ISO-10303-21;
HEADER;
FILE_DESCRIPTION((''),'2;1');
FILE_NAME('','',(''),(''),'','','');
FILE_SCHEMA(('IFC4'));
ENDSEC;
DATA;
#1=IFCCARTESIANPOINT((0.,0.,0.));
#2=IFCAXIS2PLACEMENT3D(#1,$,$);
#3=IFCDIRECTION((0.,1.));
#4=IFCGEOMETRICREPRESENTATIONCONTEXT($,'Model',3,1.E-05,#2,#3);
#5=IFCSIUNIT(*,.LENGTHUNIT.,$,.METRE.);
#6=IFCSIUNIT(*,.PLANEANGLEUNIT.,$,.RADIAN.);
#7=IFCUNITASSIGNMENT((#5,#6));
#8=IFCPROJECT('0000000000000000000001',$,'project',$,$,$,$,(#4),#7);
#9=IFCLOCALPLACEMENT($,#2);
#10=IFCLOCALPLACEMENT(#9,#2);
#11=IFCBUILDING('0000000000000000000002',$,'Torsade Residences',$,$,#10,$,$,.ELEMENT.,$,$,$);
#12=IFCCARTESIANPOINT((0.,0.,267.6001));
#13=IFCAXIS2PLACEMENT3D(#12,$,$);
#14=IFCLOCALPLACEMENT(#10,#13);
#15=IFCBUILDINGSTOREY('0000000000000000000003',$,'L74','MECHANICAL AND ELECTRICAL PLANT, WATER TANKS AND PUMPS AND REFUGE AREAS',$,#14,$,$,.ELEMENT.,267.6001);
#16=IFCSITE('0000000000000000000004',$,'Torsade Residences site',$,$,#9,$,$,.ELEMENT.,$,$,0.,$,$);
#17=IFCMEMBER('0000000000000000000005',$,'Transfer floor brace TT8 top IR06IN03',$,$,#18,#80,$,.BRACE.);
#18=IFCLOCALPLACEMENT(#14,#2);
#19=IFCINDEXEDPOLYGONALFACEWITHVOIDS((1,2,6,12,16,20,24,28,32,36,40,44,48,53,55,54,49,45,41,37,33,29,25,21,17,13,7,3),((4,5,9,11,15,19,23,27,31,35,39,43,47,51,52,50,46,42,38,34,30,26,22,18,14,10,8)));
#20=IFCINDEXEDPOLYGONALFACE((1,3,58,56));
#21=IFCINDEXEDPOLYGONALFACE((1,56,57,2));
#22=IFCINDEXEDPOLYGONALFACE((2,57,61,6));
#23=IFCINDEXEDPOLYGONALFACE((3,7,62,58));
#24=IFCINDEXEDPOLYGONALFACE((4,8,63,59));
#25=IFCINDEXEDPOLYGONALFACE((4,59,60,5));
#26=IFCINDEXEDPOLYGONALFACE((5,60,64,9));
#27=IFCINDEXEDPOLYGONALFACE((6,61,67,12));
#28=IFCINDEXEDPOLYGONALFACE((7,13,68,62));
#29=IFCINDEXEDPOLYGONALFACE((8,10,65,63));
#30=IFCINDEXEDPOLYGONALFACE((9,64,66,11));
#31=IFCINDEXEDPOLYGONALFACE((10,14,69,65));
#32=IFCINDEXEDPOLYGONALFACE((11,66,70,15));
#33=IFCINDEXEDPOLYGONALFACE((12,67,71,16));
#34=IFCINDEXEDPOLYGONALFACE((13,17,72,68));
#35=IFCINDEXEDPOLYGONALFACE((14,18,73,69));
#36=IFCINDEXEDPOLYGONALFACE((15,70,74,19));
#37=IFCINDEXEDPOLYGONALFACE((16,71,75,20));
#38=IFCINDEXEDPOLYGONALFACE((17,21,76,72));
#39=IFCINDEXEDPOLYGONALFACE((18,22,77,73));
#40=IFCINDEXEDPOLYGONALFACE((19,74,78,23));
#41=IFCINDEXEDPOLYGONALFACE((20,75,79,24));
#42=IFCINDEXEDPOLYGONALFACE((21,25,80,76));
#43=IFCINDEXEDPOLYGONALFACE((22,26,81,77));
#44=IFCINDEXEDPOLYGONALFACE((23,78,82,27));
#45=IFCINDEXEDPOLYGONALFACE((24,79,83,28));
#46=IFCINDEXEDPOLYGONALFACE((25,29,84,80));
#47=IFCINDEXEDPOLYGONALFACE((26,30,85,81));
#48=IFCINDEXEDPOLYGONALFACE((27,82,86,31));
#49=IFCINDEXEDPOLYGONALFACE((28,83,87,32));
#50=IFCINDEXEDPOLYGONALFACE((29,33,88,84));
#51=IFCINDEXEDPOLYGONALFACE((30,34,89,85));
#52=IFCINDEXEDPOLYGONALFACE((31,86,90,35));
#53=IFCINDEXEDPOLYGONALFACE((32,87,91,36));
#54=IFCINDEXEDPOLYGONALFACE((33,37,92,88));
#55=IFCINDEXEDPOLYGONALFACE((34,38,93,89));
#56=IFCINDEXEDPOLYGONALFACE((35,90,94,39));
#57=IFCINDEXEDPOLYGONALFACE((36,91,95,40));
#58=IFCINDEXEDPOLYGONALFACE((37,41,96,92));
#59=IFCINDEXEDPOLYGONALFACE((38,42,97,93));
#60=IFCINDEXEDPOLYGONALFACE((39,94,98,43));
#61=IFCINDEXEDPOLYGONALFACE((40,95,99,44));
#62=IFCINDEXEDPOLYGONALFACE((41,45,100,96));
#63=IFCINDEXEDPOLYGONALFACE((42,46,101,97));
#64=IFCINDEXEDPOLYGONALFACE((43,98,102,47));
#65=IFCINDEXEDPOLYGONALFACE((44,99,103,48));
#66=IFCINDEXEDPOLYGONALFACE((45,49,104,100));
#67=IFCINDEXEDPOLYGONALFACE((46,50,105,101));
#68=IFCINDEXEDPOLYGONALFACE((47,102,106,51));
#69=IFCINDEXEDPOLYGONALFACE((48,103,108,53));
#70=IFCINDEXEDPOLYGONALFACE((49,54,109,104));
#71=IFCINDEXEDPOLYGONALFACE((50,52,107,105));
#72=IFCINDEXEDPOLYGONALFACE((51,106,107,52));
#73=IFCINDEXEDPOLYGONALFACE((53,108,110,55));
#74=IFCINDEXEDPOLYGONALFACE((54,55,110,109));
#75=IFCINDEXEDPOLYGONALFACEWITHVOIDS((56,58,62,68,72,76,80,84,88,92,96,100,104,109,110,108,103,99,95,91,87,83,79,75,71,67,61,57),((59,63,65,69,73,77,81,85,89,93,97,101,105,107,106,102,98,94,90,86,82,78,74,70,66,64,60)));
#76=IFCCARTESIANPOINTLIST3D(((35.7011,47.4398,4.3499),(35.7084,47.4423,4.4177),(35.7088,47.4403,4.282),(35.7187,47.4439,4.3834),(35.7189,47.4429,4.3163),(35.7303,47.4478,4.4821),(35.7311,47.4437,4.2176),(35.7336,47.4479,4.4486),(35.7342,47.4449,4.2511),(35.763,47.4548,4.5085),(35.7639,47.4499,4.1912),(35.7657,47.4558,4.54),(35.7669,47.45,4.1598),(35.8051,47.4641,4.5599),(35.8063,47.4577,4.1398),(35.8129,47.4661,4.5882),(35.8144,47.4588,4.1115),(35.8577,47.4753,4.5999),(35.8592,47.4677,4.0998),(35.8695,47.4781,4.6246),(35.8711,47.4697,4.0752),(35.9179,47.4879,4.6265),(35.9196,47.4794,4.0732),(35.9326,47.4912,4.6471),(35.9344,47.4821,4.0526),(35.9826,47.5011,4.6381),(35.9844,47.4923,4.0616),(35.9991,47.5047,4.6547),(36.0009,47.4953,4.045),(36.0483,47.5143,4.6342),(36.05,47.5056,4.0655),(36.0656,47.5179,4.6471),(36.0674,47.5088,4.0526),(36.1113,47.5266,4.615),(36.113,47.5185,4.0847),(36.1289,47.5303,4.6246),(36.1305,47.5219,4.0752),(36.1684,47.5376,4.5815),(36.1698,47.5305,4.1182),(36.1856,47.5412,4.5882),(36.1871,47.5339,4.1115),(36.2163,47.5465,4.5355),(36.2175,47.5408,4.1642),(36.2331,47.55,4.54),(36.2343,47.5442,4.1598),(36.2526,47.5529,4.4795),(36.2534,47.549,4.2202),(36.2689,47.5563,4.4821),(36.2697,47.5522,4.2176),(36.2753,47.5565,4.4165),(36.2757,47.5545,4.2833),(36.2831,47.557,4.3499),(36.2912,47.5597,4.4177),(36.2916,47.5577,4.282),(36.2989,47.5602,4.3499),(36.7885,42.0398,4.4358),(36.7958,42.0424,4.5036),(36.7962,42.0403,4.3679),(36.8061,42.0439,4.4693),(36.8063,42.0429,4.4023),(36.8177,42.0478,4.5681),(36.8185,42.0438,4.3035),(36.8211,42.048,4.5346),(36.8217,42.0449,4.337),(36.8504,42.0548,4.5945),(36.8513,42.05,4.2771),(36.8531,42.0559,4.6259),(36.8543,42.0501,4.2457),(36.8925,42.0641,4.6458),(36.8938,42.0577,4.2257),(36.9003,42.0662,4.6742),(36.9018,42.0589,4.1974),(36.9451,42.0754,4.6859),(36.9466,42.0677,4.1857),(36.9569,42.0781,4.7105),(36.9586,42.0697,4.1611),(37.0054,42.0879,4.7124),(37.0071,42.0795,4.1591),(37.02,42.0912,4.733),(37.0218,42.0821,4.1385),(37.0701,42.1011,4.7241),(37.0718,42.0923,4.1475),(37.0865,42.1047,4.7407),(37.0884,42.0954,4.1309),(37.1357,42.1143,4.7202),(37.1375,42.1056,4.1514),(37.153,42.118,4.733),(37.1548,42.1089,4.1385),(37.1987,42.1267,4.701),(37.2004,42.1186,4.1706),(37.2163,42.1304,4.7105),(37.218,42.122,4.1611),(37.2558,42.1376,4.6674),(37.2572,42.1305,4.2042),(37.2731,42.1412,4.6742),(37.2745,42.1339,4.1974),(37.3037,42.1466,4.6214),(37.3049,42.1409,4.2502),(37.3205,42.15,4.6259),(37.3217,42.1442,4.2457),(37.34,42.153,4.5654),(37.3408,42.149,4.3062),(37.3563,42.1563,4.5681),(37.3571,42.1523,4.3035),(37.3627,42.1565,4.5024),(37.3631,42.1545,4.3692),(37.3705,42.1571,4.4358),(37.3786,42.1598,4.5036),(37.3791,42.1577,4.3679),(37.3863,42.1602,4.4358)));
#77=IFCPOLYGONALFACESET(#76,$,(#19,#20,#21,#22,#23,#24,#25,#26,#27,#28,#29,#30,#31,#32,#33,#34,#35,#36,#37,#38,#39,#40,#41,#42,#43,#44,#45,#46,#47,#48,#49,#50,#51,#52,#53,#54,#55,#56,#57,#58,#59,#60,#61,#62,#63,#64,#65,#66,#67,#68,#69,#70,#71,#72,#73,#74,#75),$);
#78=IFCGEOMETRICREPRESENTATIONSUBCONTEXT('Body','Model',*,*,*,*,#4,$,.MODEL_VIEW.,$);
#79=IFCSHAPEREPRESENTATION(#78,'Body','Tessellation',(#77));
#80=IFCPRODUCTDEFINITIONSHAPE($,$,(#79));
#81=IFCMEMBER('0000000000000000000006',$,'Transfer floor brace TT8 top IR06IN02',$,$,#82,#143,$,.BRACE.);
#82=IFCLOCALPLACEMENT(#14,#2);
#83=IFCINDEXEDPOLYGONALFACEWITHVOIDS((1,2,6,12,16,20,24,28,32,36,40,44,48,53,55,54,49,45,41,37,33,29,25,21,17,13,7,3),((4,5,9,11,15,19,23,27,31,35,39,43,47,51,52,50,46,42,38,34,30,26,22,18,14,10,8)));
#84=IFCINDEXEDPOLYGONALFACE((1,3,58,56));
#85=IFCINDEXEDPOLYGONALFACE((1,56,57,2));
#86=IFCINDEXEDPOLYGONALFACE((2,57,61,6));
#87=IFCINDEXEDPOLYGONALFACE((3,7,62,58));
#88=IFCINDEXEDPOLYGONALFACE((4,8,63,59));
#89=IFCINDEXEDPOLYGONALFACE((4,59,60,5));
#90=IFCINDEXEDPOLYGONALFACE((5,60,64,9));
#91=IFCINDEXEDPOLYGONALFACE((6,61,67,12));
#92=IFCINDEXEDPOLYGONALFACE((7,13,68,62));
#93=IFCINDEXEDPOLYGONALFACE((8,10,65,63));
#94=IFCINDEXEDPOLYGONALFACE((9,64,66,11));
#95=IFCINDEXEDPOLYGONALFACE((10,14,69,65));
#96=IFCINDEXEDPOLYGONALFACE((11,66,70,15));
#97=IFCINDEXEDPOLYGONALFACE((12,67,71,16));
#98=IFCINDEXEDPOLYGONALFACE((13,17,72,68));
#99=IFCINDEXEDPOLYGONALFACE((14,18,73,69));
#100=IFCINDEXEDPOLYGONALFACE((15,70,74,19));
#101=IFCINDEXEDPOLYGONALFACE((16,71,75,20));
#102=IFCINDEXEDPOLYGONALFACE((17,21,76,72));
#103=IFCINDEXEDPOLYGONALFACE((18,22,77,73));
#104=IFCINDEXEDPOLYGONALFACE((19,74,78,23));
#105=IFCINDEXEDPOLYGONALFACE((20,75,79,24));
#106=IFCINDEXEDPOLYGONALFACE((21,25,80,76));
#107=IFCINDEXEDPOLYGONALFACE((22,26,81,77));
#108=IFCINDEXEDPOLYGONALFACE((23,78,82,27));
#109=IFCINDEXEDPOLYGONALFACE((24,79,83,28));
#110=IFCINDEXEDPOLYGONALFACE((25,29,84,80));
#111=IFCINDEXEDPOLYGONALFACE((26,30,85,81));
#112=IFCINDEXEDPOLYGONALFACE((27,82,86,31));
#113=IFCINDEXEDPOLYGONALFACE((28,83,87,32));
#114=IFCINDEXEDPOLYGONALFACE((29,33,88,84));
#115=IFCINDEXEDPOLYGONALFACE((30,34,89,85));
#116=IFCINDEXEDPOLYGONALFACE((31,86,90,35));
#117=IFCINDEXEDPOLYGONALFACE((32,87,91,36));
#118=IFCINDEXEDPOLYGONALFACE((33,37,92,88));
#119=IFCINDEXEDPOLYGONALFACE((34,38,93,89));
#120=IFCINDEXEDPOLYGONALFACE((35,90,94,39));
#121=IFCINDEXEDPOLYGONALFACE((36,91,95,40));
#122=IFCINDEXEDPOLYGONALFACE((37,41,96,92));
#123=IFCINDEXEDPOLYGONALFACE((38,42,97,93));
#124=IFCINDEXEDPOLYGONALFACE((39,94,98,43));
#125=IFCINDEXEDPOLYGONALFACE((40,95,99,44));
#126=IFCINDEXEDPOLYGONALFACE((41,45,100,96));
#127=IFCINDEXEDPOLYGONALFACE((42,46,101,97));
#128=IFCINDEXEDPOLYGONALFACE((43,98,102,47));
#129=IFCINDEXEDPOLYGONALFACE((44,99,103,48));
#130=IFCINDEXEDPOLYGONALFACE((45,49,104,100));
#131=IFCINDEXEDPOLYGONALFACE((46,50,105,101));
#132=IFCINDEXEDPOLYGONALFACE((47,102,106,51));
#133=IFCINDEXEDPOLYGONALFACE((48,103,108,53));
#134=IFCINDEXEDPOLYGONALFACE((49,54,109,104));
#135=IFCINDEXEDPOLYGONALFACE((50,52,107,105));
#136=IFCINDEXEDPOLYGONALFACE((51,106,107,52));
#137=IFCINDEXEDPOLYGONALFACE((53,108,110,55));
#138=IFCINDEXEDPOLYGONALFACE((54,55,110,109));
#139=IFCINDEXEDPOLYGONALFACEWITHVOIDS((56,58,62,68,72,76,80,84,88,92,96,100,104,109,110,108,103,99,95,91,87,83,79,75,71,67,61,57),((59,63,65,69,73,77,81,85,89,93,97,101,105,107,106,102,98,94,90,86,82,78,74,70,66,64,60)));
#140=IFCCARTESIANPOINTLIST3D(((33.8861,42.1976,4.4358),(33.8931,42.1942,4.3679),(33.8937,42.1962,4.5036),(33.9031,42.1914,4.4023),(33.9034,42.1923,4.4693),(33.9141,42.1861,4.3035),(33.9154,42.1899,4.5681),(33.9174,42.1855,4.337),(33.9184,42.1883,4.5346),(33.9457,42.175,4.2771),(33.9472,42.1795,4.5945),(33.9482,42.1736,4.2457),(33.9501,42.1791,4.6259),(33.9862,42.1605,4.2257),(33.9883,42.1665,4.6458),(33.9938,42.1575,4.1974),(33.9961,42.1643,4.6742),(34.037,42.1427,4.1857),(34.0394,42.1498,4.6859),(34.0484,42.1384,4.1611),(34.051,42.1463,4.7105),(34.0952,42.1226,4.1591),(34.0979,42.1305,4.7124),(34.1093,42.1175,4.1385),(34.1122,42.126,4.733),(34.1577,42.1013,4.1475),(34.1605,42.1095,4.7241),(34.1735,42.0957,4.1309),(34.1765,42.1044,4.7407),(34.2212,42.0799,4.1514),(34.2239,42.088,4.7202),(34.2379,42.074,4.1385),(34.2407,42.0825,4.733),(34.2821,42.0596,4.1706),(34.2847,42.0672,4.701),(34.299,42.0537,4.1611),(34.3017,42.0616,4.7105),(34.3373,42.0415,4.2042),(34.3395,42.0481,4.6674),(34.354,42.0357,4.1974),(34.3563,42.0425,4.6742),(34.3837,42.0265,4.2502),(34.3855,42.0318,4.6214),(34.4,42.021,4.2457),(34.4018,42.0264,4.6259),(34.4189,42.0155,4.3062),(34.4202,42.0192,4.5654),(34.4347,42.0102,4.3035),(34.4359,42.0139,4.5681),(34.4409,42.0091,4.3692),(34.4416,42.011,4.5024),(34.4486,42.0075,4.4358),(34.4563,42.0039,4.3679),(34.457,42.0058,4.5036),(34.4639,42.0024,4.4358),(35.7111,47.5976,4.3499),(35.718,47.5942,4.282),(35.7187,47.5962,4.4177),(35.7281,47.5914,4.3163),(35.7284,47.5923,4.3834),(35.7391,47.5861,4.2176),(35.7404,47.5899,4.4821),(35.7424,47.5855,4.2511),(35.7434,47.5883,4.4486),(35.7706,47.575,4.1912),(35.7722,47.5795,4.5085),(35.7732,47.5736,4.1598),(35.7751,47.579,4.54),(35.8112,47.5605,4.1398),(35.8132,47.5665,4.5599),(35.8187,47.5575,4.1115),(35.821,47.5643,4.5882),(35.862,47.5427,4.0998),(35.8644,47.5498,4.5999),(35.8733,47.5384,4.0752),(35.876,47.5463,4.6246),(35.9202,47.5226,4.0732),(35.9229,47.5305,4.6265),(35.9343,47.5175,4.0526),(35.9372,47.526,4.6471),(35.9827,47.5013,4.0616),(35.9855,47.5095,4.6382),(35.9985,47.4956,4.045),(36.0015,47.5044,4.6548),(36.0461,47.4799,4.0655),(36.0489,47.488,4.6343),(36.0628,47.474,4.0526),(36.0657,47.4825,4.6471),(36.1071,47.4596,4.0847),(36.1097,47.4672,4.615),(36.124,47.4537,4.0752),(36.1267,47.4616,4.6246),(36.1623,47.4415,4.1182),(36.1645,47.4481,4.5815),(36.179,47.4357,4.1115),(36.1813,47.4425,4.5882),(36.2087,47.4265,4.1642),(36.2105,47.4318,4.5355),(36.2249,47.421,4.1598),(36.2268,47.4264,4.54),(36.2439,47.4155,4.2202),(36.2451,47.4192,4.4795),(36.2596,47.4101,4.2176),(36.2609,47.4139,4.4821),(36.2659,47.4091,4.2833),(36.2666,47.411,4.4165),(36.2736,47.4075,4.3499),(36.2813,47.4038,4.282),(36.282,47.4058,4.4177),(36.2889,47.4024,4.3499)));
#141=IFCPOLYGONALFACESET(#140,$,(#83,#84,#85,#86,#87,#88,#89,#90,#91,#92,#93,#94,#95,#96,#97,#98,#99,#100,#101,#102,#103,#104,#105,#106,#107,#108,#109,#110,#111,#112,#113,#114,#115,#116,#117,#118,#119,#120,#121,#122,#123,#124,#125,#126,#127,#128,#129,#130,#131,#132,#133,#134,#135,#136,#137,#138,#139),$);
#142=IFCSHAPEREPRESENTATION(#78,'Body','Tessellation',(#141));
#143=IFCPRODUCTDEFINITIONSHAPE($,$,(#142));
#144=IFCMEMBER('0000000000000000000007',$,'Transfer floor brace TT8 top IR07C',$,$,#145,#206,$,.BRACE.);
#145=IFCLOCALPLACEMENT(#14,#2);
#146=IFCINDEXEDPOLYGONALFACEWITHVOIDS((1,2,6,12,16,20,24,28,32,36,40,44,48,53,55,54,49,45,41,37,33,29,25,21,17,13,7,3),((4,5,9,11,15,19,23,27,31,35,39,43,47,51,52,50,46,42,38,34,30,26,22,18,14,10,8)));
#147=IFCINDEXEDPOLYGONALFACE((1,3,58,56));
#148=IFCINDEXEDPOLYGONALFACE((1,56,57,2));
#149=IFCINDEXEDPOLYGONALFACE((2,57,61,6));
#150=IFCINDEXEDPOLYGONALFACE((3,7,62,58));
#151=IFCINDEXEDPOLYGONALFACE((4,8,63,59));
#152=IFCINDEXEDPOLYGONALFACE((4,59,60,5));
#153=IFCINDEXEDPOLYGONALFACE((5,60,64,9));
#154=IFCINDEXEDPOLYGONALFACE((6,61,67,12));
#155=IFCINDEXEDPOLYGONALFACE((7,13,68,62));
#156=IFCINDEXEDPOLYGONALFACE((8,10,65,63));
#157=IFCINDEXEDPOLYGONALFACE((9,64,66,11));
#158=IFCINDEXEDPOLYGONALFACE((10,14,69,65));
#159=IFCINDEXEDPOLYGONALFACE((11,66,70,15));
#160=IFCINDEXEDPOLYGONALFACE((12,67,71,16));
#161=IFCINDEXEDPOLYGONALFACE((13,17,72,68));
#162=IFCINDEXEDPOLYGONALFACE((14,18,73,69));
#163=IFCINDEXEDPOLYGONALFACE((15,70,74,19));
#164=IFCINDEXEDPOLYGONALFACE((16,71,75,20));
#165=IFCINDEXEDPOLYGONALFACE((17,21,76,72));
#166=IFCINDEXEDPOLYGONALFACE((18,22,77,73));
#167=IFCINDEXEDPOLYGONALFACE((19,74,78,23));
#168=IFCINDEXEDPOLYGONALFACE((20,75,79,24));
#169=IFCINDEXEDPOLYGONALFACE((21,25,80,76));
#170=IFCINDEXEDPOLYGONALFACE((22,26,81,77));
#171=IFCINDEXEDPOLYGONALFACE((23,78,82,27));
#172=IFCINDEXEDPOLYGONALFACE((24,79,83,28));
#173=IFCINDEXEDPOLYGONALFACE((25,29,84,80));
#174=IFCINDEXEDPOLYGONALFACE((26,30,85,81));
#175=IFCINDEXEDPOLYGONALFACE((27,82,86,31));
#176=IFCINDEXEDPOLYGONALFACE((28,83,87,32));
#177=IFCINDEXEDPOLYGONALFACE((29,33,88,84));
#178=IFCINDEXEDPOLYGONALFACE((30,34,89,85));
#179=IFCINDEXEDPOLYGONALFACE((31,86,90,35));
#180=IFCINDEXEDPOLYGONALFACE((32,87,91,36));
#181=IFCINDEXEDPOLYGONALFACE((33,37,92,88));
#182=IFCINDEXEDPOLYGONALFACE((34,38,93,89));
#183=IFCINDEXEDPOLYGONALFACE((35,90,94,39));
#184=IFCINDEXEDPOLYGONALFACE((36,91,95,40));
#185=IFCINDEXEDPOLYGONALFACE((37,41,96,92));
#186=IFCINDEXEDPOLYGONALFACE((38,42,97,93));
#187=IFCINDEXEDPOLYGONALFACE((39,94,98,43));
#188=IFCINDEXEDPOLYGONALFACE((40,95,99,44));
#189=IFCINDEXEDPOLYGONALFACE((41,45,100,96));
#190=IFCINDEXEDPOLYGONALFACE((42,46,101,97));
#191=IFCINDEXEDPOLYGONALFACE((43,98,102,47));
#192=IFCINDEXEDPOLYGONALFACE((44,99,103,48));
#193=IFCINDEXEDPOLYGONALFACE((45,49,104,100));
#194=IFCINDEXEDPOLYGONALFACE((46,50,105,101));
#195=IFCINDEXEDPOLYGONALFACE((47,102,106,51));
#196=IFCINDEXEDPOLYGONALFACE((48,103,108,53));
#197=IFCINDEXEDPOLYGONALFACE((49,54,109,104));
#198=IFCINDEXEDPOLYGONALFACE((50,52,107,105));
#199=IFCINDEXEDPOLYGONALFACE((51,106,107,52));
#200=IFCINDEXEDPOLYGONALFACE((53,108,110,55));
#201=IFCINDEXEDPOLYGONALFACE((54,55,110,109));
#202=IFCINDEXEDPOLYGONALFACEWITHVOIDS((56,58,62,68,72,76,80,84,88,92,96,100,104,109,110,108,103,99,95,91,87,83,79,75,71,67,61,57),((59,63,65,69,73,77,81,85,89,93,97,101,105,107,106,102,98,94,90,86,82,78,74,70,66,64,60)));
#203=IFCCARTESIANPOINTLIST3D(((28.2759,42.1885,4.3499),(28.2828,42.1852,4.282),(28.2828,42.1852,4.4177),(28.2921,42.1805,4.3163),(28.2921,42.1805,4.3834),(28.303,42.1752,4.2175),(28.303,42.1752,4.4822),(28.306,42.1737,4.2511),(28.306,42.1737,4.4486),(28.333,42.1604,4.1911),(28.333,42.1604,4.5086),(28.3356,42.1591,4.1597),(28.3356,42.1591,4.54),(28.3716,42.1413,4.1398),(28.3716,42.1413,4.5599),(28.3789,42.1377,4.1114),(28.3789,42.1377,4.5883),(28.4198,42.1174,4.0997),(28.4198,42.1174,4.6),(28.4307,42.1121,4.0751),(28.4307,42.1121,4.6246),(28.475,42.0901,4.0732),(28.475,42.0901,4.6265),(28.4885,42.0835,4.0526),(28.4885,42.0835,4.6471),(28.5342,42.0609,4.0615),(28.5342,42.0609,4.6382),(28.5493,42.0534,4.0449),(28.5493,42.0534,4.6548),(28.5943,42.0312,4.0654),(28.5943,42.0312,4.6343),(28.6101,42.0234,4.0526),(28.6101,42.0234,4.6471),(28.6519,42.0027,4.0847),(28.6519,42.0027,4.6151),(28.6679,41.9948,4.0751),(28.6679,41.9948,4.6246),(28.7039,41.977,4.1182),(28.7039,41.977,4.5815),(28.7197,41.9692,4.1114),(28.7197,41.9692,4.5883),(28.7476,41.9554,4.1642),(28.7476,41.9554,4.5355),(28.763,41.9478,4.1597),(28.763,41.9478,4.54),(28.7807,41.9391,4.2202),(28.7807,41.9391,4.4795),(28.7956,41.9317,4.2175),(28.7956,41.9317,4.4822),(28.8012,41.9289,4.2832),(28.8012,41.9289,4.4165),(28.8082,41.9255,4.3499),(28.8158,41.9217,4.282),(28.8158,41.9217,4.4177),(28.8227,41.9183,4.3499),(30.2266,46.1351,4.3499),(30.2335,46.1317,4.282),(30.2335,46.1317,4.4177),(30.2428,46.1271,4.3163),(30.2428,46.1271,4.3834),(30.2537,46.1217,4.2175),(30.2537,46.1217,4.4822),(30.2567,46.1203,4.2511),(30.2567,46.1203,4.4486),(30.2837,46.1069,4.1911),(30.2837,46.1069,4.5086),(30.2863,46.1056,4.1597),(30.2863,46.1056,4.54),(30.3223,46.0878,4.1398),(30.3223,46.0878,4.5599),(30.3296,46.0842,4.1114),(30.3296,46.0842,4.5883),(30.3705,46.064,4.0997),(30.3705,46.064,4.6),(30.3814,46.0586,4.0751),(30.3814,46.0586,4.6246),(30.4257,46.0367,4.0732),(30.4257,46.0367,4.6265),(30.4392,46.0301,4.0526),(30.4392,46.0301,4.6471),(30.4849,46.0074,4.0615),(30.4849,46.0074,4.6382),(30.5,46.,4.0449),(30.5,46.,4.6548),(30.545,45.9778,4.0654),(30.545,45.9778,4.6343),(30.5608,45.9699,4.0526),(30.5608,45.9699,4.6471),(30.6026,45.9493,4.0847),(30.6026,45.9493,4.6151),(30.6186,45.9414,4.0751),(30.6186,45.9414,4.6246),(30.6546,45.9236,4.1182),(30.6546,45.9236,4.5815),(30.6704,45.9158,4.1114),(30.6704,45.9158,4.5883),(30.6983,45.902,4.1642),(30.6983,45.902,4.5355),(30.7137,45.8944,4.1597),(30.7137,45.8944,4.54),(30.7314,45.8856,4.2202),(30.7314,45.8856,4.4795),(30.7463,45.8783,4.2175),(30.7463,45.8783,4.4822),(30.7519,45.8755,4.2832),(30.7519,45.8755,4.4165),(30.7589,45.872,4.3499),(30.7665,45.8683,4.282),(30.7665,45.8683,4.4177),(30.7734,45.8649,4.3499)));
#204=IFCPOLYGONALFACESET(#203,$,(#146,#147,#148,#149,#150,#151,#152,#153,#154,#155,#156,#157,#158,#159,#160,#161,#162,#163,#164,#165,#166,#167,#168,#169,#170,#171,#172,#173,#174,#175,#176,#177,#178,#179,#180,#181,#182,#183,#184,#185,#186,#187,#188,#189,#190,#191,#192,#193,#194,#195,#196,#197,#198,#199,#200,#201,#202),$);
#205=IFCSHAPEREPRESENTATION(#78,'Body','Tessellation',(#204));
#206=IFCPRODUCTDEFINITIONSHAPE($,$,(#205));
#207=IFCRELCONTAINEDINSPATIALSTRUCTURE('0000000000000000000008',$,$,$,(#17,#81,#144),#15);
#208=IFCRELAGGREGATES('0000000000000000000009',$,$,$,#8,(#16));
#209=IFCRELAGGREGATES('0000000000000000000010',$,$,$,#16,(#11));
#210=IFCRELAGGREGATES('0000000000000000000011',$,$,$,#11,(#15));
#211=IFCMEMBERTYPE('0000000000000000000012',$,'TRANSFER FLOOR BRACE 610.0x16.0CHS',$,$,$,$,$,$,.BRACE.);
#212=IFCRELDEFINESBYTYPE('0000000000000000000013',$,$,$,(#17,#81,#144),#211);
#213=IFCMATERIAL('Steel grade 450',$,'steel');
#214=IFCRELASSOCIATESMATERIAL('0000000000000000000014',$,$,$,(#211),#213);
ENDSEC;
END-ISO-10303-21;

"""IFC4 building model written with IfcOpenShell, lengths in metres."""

from ifc_helpers import new_model, si_unit, direction, frame, origin, origin_2d, place, context, subcontext, project, spatial, hollow_circle, extrude, material, material_profile, profile_set, type_object, element, save


model = new_model("IFC4")

# Units and contexts
model_context = context("Model", 3, precision=1e-05, world=origin(), true_north=direction((0.0, 1.0)))
body_context = subcontext(model_context, "Body", "Model", "MODEL_VIEW")
ifc_project = project(units=[si_unit("LENGTHUNIT", "METRE"), si_unit("PLANEANGLEUNIT", "RADIAN")], contexts=[model_context])

# Site, building, storey
site_placement = place(None, origin())
site = spatial("IfcSite", under=ifc_project, at=site_placement, Name="Torsade Residences site", CompositionType="ELEMENT", RefElevation=0.0)
building_placement = place(site_placement, origin())
building = spatial("IfcBuilding", under=site, at=building_placement, Name="Torsade Residences", CompositionType="ELEMENT")
storey_placement = place(building_placement, frame((0.0, 0.0, 267.6001)))
storey = spatial("IfcBuildingStorey", under=building, at=storey_placement, Name="L74", Description="MECHANICAL AND ELECTRICAL PLANT, WATER TANKS AND PUMPS AND REFUGE AREAS", CompositionType="ELEMENT", Elevation=267.6001)

# Members
ifc_material_1 = material(Name="Steel grade 450", Category="steel")
ifc_material_profile_1 = material_profile(ifc_material_1, hollow_circle(Radius=0.3049, WallThickness=0.0161, at=origin_2d()), Name="610.0x16.0CHS")
ifc_profile_set_1 = profile_set([ifc_material_profile_1], Name="Steel grade 450")
member_type_1 = type_object("IfcMemberType", Name="TRANSFER FLOOR BRACE 610.0x16.0CHS", PredefinedType="BRACE", material=ifc_profile_set_1)
member_1_placement = place(storey_placement, frame((36.0, 47.5, 4.3499), z_axis=(0.197388, -0.980201, 0.0156), x_axis=(0.980321, 0.197412, 0.0)))
element("IfcMember", 1, at=member_1_placement, inside=storey, type_object=member_type_1, Name="Transfer floor brace TT8 top IR06IN03", PredefinedType="BRACE", context=body_context, shape_type="SweptSolid", body=[
    extrude(hollow_circle(Radius=0.3049, WallThickness=0.0161, at=origin_2d()), origin(), (0.0, 0.0, 1.0), 5.509),
])
member_2_placement = place(storey_placement, frame((36.0, 47.5, 4.3499), z_axis=(-0.320133, -0.947252, 0.015075), x_axis=(0.94736, -0.32017, 0.0)))
element("IfcMember", 2, at=member_2_placement, inside=storey, type_object=member_type_1, Name="Transfer floor brace TT8 top IR06IN02", PredefinedType="BRACE", context=body_context, shape_type="SweptSolid", body=[
    extrude(hollow_circle(Radius=0.3049, WallThickness=0.0161, at=origin_2d()), origin(), (0.0, 0.0, 1.0), 5.7007),
])
member_3_placement = place(storey_placement, frame((30.5, 46.0, 4.3499), z_axis=(-0.443105, -0.89647, 0.0), x_axis=(0.89647, -0.443105, 0.0)))
element("IfcMember", 3, at=member_3_placement, inside=storey, type_object=member_type_1, Name="Transfer floor brace TT8 top IR07C", PredefinedType="BRACE", context=body_context, shape_type="SweptSolid", body=[
    extrude(hollow_circle(Radius=0.3049, WallThickness=0.0161, at=origin_2d()), origin(), (0.0, 0.0, 1.0), 4.4023),
])

save(model, "model.ifc")
